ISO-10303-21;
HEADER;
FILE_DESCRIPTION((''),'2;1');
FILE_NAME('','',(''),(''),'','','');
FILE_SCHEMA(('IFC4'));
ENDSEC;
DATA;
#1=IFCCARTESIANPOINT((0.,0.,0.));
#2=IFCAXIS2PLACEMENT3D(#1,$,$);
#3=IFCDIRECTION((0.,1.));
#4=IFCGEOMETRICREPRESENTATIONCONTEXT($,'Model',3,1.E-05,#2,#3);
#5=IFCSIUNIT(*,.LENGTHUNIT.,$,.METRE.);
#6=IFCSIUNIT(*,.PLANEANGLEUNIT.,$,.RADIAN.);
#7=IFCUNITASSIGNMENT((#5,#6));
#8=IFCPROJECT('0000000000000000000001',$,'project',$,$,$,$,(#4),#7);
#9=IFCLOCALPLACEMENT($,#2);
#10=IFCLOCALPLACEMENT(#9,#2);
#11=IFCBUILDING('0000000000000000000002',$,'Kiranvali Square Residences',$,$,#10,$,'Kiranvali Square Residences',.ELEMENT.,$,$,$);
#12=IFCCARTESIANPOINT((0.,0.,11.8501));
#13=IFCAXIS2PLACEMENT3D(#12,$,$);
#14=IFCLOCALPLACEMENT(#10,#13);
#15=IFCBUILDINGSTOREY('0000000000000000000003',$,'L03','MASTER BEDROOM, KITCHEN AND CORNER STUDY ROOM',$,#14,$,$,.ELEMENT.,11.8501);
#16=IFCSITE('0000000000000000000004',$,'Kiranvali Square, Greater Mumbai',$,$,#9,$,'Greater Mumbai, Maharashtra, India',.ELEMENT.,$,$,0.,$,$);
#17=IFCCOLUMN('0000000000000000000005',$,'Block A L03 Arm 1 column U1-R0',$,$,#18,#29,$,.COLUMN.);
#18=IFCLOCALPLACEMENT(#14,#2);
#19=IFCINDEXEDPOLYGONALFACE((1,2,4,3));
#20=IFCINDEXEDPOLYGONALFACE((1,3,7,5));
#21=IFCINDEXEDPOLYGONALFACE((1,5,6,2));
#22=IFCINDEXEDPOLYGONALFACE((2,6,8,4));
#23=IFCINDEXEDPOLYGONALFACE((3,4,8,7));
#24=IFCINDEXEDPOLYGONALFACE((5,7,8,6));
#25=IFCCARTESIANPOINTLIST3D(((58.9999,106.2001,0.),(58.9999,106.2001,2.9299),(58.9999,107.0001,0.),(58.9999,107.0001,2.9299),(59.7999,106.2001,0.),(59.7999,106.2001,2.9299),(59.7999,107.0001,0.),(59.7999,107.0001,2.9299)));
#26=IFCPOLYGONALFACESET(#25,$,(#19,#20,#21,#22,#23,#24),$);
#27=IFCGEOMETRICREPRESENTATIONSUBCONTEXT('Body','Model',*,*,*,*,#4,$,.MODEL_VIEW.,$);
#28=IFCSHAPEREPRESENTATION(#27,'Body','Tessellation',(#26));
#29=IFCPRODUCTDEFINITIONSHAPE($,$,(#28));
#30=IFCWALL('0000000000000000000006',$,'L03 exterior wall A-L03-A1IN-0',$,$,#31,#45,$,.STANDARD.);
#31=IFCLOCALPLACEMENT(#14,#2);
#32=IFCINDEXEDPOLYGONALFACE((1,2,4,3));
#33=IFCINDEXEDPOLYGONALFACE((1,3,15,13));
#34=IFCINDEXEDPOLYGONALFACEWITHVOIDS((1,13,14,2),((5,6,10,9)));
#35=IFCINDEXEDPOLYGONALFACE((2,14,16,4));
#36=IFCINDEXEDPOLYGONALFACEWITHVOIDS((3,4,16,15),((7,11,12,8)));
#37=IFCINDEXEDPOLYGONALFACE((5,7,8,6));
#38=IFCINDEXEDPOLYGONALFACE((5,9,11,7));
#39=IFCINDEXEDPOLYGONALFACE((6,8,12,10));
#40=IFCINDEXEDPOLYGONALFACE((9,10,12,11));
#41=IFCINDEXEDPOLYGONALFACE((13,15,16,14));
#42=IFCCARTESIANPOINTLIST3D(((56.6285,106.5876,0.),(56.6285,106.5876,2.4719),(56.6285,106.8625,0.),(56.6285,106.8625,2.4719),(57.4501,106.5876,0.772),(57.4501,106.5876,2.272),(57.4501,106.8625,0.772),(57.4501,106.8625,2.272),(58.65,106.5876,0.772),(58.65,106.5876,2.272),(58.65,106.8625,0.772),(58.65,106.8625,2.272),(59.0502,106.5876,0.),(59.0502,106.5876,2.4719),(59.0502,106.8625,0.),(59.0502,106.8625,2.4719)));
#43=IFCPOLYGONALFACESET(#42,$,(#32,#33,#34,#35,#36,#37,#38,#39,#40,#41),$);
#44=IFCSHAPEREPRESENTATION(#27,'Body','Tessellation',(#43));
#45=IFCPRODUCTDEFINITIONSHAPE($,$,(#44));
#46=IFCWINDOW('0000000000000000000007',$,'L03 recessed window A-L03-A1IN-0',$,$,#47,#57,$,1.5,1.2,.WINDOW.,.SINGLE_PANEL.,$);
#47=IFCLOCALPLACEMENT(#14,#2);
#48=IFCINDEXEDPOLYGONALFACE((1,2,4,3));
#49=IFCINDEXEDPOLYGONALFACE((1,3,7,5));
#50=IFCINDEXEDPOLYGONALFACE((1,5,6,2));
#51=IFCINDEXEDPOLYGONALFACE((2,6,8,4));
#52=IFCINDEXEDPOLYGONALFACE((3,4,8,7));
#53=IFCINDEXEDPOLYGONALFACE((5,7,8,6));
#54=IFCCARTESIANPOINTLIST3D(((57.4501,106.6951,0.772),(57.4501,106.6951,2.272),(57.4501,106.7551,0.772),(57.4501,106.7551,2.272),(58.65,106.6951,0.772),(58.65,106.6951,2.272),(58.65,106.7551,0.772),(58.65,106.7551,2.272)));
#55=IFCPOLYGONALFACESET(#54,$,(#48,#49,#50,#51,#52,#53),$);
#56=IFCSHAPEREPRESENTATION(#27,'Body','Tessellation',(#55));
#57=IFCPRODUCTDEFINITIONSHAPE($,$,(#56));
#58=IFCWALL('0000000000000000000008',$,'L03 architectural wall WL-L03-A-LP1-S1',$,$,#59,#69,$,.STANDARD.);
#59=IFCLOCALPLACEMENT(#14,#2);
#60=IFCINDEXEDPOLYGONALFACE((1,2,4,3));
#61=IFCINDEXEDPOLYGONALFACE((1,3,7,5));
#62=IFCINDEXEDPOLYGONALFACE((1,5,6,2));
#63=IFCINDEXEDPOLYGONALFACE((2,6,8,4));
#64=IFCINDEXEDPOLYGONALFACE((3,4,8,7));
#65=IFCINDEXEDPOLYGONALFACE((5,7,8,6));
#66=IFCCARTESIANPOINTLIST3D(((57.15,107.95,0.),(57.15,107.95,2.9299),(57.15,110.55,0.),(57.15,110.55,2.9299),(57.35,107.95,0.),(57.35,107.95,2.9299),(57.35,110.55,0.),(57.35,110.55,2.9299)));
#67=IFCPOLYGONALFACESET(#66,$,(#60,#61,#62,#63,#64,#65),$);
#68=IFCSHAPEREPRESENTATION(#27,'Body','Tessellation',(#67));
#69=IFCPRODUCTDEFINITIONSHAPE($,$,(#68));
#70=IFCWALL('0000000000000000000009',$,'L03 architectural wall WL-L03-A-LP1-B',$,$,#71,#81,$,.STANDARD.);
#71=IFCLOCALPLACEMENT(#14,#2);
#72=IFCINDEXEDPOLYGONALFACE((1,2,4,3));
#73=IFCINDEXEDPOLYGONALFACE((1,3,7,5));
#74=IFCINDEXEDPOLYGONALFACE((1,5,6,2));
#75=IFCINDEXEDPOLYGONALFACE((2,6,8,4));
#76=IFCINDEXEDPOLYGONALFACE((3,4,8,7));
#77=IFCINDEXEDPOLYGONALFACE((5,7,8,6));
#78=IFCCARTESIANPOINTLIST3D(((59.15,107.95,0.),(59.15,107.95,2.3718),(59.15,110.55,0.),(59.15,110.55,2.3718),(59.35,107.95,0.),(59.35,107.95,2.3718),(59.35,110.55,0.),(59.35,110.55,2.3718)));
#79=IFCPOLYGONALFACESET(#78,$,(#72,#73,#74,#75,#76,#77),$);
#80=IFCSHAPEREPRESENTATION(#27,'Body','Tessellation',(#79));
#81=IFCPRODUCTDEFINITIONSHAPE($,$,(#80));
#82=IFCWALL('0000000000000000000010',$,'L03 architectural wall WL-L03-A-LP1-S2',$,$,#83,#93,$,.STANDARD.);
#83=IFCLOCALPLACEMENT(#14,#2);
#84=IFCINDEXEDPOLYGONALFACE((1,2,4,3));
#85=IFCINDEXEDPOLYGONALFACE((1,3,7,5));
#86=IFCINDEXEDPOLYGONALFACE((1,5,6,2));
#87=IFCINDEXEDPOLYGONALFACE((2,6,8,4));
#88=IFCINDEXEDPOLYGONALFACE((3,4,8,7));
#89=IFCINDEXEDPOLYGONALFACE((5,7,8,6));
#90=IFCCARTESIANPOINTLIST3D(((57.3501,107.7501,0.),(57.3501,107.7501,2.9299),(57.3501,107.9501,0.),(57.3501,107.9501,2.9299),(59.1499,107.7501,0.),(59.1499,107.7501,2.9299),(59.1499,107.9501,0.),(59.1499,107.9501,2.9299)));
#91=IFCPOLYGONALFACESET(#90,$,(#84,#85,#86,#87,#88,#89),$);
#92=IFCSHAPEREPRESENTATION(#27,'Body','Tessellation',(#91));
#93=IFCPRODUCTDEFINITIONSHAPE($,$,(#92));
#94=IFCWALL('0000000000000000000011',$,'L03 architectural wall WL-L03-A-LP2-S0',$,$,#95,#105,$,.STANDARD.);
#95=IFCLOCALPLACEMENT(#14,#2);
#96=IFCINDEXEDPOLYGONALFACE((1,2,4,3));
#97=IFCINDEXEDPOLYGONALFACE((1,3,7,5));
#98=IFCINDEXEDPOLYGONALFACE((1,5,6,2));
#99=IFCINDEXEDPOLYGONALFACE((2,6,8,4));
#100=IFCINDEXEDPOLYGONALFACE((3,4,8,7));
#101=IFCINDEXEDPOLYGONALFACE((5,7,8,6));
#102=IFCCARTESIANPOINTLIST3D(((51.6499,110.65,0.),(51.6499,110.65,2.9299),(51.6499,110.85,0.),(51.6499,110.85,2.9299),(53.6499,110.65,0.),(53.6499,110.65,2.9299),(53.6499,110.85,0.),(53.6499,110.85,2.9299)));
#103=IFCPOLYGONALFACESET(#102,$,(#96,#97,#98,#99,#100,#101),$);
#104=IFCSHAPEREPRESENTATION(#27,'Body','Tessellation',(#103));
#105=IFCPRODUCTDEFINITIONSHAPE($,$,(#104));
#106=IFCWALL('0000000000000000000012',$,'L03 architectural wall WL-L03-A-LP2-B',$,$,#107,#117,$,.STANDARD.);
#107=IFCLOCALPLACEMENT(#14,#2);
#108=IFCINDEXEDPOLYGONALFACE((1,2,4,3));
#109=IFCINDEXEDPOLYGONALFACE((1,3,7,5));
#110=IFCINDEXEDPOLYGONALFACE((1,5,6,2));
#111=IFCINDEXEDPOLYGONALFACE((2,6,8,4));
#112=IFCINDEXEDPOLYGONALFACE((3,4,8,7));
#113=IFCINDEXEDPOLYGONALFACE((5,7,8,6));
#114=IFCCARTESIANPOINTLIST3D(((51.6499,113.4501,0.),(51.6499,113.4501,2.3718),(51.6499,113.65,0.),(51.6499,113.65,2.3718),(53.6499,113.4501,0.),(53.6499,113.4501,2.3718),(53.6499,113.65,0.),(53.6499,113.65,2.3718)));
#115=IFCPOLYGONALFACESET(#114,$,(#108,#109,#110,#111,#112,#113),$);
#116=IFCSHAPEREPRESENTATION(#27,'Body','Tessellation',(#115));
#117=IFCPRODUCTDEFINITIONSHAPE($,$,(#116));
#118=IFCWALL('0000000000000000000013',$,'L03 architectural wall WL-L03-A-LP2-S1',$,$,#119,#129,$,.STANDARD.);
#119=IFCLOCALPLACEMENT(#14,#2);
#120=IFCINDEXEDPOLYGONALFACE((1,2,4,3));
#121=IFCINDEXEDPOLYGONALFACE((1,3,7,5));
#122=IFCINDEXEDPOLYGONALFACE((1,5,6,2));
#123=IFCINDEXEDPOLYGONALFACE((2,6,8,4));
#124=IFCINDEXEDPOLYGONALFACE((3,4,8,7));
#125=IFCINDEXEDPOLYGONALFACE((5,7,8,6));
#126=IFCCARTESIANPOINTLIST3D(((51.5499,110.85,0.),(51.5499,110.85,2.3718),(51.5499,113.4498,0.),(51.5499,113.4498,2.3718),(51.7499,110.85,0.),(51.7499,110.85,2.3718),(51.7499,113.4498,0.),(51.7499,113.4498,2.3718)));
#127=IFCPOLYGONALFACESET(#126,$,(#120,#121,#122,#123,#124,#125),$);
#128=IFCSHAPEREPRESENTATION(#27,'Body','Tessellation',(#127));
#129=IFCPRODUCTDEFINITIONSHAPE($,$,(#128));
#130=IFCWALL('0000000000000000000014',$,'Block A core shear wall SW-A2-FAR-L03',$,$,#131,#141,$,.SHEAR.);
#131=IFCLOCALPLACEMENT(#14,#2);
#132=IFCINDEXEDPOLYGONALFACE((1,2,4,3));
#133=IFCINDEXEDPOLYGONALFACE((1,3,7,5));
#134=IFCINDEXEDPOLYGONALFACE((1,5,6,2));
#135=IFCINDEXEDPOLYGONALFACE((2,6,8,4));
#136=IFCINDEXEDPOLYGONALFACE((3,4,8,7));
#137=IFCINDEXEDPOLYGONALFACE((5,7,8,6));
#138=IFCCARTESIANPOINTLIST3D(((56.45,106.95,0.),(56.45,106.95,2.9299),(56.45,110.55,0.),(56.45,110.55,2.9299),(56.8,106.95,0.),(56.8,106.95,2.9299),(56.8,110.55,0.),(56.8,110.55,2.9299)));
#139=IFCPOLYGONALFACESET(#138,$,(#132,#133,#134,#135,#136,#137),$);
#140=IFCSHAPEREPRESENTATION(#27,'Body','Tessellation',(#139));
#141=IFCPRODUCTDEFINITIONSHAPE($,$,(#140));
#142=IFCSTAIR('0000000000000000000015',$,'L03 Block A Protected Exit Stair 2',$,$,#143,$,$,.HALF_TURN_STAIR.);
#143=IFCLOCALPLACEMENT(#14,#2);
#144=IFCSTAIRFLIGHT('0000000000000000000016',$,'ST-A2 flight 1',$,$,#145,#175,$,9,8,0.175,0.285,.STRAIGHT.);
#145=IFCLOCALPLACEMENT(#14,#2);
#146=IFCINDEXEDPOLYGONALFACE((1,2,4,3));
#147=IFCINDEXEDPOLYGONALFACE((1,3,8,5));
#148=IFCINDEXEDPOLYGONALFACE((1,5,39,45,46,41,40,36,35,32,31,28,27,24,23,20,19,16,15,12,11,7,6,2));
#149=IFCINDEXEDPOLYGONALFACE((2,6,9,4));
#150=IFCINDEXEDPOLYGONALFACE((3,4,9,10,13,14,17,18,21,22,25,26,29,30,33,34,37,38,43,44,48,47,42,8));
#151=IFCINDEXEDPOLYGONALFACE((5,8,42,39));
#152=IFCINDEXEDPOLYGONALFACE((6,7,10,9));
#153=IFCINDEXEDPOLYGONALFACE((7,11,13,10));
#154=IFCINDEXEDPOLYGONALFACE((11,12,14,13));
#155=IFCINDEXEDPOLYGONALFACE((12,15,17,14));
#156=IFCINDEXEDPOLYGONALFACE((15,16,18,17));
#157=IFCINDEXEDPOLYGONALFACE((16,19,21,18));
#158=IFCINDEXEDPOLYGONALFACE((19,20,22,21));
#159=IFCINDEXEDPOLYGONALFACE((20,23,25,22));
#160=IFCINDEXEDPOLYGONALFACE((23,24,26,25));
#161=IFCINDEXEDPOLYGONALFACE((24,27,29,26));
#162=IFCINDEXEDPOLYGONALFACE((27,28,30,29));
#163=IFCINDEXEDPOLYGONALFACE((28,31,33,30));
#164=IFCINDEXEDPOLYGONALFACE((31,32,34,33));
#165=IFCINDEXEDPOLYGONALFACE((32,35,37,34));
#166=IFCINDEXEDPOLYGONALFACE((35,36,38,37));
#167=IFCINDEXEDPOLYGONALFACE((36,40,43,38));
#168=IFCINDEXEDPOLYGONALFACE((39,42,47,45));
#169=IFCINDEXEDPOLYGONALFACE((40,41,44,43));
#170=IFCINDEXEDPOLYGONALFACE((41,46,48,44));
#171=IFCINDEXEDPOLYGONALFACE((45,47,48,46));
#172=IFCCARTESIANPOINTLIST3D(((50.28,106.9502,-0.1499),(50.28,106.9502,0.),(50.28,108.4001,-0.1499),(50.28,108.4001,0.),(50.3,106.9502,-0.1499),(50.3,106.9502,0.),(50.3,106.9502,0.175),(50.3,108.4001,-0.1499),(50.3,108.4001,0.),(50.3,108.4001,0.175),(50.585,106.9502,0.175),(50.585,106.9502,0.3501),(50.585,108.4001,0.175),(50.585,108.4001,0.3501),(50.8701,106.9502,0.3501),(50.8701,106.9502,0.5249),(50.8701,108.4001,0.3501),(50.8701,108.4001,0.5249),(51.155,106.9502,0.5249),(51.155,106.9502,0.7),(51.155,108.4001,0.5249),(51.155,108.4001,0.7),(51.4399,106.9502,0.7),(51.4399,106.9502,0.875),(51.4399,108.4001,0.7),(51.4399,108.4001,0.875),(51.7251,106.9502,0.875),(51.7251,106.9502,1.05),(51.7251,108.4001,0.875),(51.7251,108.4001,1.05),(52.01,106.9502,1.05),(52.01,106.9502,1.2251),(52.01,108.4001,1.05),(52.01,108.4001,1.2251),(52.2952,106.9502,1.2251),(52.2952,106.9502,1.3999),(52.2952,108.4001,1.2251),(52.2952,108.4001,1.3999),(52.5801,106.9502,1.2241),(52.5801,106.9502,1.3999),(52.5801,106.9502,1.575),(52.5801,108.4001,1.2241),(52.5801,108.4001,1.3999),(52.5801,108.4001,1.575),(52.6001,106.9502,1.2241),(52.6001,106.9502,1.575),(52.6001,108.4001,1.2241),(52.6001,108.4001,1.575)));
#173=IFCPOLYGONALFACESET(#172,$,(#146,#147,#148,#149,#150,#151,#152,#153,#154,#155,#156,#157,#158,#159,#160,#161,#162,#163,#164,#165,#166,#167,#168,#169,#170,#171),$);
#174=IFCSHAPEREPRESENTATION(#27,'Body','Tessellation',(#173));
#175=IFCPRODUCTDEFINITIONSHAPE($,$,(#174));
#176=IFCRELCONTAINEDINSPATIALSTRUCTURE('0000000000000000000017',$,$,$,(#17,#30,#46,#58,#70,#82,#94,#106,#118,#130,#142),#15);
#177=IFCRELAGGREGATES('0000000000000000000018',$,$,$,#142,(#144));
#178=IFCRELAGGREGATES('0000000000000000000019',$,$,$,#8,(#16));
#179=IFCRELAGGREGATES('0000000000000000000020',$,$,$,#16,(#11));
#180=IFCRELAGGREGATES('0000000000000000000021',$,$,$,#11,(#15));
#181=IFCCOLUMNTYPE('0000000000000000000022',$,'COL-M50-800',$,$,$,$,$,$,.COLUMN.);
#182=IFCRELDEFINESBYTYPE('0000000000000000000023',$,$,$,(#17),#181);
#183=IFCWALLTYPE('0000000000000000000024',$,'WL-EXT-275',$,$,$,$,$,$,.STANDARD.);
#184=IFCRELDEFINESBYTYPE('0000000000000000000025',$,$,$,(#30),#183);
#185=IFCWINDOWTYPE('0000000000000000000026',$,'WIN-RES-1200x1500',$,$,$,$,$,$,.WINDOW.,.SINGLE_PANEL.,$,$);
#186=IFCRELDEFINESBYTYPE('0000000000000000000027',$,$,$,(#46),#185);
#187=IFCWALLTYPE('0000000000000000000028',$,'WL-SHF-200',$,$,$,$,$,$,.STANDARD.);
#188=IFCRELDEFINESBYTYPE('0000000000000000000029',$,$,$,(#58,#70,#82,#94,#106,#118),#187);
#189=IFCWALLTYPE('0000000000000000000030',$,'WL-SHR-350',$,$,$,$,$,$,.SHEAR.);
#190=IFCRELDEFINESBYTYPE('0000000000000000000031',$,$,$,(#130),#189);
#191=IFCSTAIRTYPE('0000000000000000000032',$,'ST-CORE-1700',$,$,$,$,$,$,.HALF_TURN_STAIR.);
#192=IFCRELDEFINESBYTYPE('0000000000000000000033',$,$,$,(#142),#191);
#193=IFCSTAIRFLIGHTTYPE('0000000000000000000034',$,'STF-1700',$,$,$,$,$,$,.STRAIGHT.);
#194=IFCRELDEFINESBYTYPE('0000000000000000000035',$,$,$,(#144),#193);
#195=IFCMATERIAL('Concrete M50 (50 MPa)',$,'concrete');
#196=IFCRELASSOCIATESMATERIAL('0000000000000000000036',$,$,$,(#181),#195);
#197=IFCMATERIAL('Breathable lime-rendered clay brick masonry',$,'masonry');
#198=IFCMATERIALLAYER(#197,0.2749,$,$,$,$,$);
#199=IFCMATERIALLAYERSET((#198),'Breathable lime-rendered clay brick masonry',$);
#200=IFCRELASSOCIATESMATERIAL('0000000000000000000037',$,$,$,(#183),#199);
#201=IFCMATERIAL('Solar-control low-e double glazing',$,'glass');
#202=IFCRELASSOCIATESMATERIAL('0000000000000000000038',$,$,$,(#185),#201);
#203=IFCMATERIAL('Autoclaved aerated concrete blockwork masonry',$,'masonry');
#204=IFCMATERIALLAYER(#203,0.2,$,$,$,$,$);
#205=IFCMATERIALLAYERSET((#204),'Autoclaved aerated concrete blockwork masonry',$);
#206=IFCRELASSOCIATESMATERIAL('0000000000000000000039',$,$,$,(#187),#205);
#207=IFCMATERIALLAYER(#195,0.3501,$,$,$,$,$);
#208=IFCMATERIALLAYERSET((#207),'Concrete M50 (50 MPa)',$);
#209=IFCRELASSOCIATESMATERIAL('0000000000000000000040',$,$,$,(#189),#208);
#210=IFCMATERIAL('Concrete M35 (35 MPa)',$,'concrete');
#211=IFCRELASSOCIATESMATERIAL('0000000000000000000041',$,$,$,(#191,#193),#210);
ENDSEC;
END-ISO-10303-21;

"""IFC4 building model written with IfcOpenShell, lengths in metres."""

from ifc_helpers import new_model, si_unit, direction, frame, frame_2d, origin, origin_2d, place, context, subcontext, project, spatial, polyline, rectangle, outline, extrude, material, layer, layer_set, material_profile, profile_set, type_object, element, fill, aggregate, save


model = new_model("IFC4")

# Units and contexts
model_context = context("Model", 3, precision=1e-05, world=origin(), true_north=direction((0.0, 1.0)))
body_context = subcontext(model_context, "Body", "Model", "MODEL_VIEW")
ifc_project = project(units=[si_unit("LENGTHUNIT", "METRE"), si_unit("PLANEANGLEUNIT", "RADIAN")], contexts=[model_context])

# Site, building, storey
site_placement = place(None, origin())
site = spatial("IfcSite", under=ifc_project, at=site_placement, Name="Kiranvali Square, Greater Mumbai", LongName="Greater Mumbai, Maharashtra, India", CompositionType="ELEMENT", RefElevation=0.0)
building_placement = place(site_placement, origin())
building = spatial("IfcBuilding", under=site, at=building_placement, Name="Kiranvali Square Residences", LongName="Kiranvali Square Residences", CompositionType="ELEMENT")
storey_placement = place(building_placement, frame((0.0, 0.0, 11.8501)))
storey = spatial("IfcBuildingStorey", under=building, at=storey_placement, Name="L03", Description="MASTER BEDROOM, KITCHEN AND CORNER STUDY ROOM", CompositionType="ELEMENT", Elevation=11.8501)

# Column
ifc_material_1 = material(Name="Concrete M50 (50 MPa)", Category="concrete")
ifc_material_profile = material_profile(ifc_material_1, rectangle(XDim=0.8, YDim=0.8, at=origin_2d()), Name="RC 800x800")
ifc_profile_set = profile_set([ifc_material_profile], Name="Concrete M50 (50 MPa)")
column_type = type_object("IfcColumnType", Name="COL-M50-800", PredefinedType="COLUMN", material=ifc_profile_set)
column_placement = place(storey_placement, frame((59.3999, 106.6001, 0.0), z_axis=(0.0, 0.0, 1.0), x_axis=(1.0, 0.0, 0.0)))
element("IfcColumn", 1, at=column_placement, inside=storey, type_object=column_type, Name="Block A L03 Arm 1 column U1-R0", PredefinedType="COLUMN", context=body_context, shape_type="SweptSolid", body=[
    extrude(rectangle(XDim=0.8, YDim=0.8, at=origin_2d()), origin(), (0.0, 0.0, 1.0), 2.9299),
])

# Shared definitions
ifc_material_2 = material(Name="Autoclaved aerated concrete blockwork masonry", Category="masonry")

# Wall, opening, window
ifc_material_3 = material(Name="Breathable lime-rendered clay brick masonry", Category="masonry")
ifc_layer_1 = layer(ifc_material_3, 0.2749)
ifc_layer_set_1 = layer_set([ifc_layer_1], Name="Breathable lime-rendered clay brick masonry")
wall_type_1 = type_object("IfcWallType", Name="WL-EXT-275", PredefinedType="STANDARD", material=ifc_layer_set_1)
wall_1_placement = place(storey_placement, frame((56.6284, 106.7251, 0.0), z_axis=(0.0, 0.0, 1.0), x_axis=(1.0, 0.0, 0.0)))
wall_1 = element("IfcWall", 2, at=wall_1_placement, inside=storey, type_object=wall_type_1, Name="L03 exterior wall A-L03-A1IN-0", PredefinedType="STANDARD", context=body_context, shape_type="SweptSolid", body=[
    extrude(rectangle(XDim=2.4216, YDim=0.2749, at=frame_2d((1.2109, 0.0))), origin(), (0.0, 0.0, 1.0), 2.4719),
])
opening_1_placement = place(wall_1_placement, frame((0.8215, 0.0, 0.772)))
opening_1 = element("IfcOpeningElement", 3, at=opening_1_placement, cuts=wall_1, PredefinedType="OPENING", context=body_context, shape_type="SweptSolid", body=[
    extrude(rectangle(XDim=1.2, YDim=1.5, at=frame_2d((0.6001, 0.75))), frame((0.0, 0.1475, 0.0), z_axis=(0.0, -1.0, 0.0), x_axis=(1.0, 0.0, 0.0)), (0.0, 0.0, 1.0), 0.2949),
])
ifc_material_4 = material(Name="Solar-control low-e double glazing", Category="glass")
window_type = type_object("IfcWindowType", Name="WIN-RES-1200x1500", PartitioningType="SINGLE_PANEL", PredefinedType="WINDOW", material=ifc_material_4)
window_placement = place(opening_1_placement, origin())
window = element("IfcWindow", 4, at=window_placement, inside=storey, type_object=window_type, Name="L03 recessed window A-L03-A1IN-0", OverallHeight=1.5, OverallWidth=1.2, PartitioningType="SINGLE_PANEL", PredefinedType="WINDOW", context=body_context, shape_type="SweptSolid", body=[
    extrude(rectangle(XDim=1.2, YDim=1.5, at=frame_2d((0.6001, 0.75))), frame((0.0, 0.03, 0.0), z_axis=(0.0, -1.0, 0.0), x_axis=(1.0, 0.0, 0.0)), (0.0, 0.0, 1.0), 0.0601),
])
fill(opening_1, window)

# Walls
ifc_layer_2 = layer(ifc_material_2, 0.2)
ifc_layer_set_2 = layer_set([ifc_layer_2], Name="Autoclaved aerated concrete blockwork masonry")
wall_type_2 = type_object("IfcWallType", Name="WL-SHF-200", PredefinedType="STANDARD", material=ifc_layer_set_2)
wall_2_placement = place(storey_placement, frame((57.25, 107.95, 0.0), z_axis=(0.0, 0.0, 1.0), x_axis=(0.0, 1.0, 0.0)))
element("IfcWall", 5, at=wall_2_placement, inside=storey, type_object=wall_type_2, Name="L03 architectural wall WL-L03-A-LP1-S1", PredefinedType="STANDARD", context=body_context, shape_type="SweptSolid", body=[
    extrude(rectangle(XDim=2.6001, YDim=0.2, at=frame_2d((1.3, 0.0))), origin(), (0.0, 0.0, 1.0), 2.9299),
])
wall_3_placement = place(storey_placement, frame((59.25, 107.95, 0.0), z_axis=(0.0, 0.0, 1.0), x_axis=(0.0, 1.0, 0.0)))
element("IfcWall", 6, at=wall_3_placement, inside=storey, type_object=wall_type_2, Name="L03 architectural wall WL-L03-A-LP1-B", PredefinedType="STANDARD", context=body_context, shape_type="SweptSolid", body=[
    extrude(rectangle(XDim=2.6001, YDim=0.2, at=frame_2d((1.3, 0.0))), origin(), (0.0, 0.0, 1.0), 2.3718),
])
wall_4_placement = place(storey_placement, frame((57.3501, 107.8501, 0.0), z_axis=(0.0, 0.0, 1.0), x_axis=(1.0, 0.0, 0.0)))
element("IfcWall", 7, at=wall_4_placement, inside=storey, type_object=wall_type_2, Name="L03 architectural wall WL-L03-A-LP1-S2", PredefinedType="STANDARD", context=body_context, shape_type="SweptSolid", body=[
    extrude(rectangle(XDim=1.7998, YDim=0.2, at=frame_2d((0.8999, 0.0))), origin(), (0.0, 0.0, 1.0), 2.9299),
])

# Walls
wall_5_placement = place(storey_placement, frame((51.6499, 110.75, 0.0), z_axis=(0.0, 0.0, 1.0), x_axis=(1.0, 0.0, 0.0)))
element("IfcWall", 8, at=wall_5_placement, inside=storey, type_object=wall_type_2, Name="L03 architectural wall WL-L03-A-LP2-S0", PredefinedType="STANDARD", context=body_context, shape_type="SweptSolid", body=[
    extrude(rectangle(XDim=2.0, YDim=0.2, at=frame_2d((1.0, 0.0))), origin(), (0.0, 0.0, 1.0), 2.9299),
])
wall_6_placement = place(storey_placement, frame((51.6499, 113.55, 0.0), z_axis=(0.0, 0.0, 1.0), x_axis=(1.0, 0.0, 0.0)))
element("IfcWall", 9, at=wall_6_placement, inside=storey, type_object=wall_type_2, Name="L03 architectural wall WL-L03-A-LP2-B", PredefinedType="STANDARD", context=body_context, shape_type="SweptSolid", body=[
    extrude(rectangle(XDim=2.0, YDim=0.2, at=frame_2d((1.0, 0.0))), origin(), (0.0, 0.0, 1.0), 2.3718),
])
wall_7_placement = place(storey_placement, frame((51.6499, 110.8501, 0.0), z_axis=(0.0, 0.0, 1.0), x_axis=(0.0, 1.0, 0.0)))
element("IfcWall", 10, at=wall_7_placement, inside=storey, type_object=wall_type_2, Name="L03 architectural wall WL-L03-A-LP2-S1", PredefinedType="STANDARD", context=body_context, shape_type="SweptSolid", body=[
    extrude(rectangle(XDim=2.5999, YDim=0.2, at=frame_2d((1.2998, 0.0))), origin(), (0.0, 0.0, 1.0), 2.3718),
])

# Wall
ifc_layer_3 = layer(ifc_material_1, 0.3501)
ifc_layer_set_3 = layer_set([ifc_layer_3], Name="Concrete M50 (50 MPa)")
wall_type_3 = type_object("IfcWallType", Name="WL-SHR-350", PredefinedType="SHEAR", material=ifc_layer_set_3)
wall_8_placement = place(storey_placement, frame((56.625, 106.95, 0.0), z_axis=(0.0, 0.0, 1.0), x_axis=(0.0, 1.0, 0.0)))
element("IfcWall", 11, at=wall_8_placement, inside=storey, type_object=wall_type_3, Name="Block A core shear wall SW-A2-FAR-L03", PredefinedType="SHEAR", context=body_context, shape_type="SweptSolid", body=[
    extrude(rectangle(XDim=3.6001, YDim=0.3501, at=frame_2d((1.8, 0.0))), origin(), (0.0, 0.0, 1.0), 2.9299),
])

# Stair, stair flight
ifc_material_5 = material(Name="Concrete M35 (35 MPa)", Category="concrete")
stair_type = type_object("IfcStairType", Name="ST-CORE-1700", PredefinedType="HALF_TURN_STAIR", material=ifc_material_5)
stair_placement = place(storey_placement, origin())
stair = element("IfcStair", 12, at=stair_placement, inside=storey, type_object=stair_type, Name="L03 Block A Protected Exit Stair 2", PredefinedType="HALF_TURN_STAIR")
stair_flight_type = type_object("IfcStairFlightType", Name="STF-1700", PredefinedType="STRAIGHT", material=ifc_material_5)
stair_flight_1_placement = place(storey_placement, frame((50.3, 107.675, 0.0), z_axis=(0.0, 0.0, 1.0), x_axis=(1.0, 0.0, 0.0)))
stair_flight_1 = element("IfcStairFlight", 13, at=stair_flight_1_placement, type_object=stair_flight_type, Name="ST-A2 flight 1", NumberOfRisers=9, NumberOfTreads=8, PredefinedType="STRAIGHT", RiserHeight=0.175, TreadLength=0.285, context=body_context, shape_type="SweptSolid", body=[
    extrude(outline(polyline([(-0.02, -0.1499), (-0.02, 0.0), (0.0, 0.0), (0.0, 0.175), (0.2849, 0.175), (0.2849, 0.3501), (0.5701, 0.3501), (0.5701, 0.5249), (0.855, 0.5249), (0.855, 0.7), (1.1399, 0.7), (1.1399, 0.875), (1.425, 0.875), (1.425, 1.05), (1.71, 1.05), (1.71, 1.2251), (1.9951, 1.2251), (1.9951, 1.3999), (2.28, 1.3999), (2.28, 1.575), (2.3, 1.575), (2.3, 1.2241), (2.28, 1.2241), (0.0, -0.1499), (-0.02, -0.1499)])), frame((0.0, 0.7251, 0.0), z_axis=(0.0, -1.0, 0.0), x_axis=(1.0, 0.0, 0.0)), (0.0, 0.0, 1.0), 1.45),
])
aggregate(stair, [stair_flight_1])

save(model, "model.ifc")
